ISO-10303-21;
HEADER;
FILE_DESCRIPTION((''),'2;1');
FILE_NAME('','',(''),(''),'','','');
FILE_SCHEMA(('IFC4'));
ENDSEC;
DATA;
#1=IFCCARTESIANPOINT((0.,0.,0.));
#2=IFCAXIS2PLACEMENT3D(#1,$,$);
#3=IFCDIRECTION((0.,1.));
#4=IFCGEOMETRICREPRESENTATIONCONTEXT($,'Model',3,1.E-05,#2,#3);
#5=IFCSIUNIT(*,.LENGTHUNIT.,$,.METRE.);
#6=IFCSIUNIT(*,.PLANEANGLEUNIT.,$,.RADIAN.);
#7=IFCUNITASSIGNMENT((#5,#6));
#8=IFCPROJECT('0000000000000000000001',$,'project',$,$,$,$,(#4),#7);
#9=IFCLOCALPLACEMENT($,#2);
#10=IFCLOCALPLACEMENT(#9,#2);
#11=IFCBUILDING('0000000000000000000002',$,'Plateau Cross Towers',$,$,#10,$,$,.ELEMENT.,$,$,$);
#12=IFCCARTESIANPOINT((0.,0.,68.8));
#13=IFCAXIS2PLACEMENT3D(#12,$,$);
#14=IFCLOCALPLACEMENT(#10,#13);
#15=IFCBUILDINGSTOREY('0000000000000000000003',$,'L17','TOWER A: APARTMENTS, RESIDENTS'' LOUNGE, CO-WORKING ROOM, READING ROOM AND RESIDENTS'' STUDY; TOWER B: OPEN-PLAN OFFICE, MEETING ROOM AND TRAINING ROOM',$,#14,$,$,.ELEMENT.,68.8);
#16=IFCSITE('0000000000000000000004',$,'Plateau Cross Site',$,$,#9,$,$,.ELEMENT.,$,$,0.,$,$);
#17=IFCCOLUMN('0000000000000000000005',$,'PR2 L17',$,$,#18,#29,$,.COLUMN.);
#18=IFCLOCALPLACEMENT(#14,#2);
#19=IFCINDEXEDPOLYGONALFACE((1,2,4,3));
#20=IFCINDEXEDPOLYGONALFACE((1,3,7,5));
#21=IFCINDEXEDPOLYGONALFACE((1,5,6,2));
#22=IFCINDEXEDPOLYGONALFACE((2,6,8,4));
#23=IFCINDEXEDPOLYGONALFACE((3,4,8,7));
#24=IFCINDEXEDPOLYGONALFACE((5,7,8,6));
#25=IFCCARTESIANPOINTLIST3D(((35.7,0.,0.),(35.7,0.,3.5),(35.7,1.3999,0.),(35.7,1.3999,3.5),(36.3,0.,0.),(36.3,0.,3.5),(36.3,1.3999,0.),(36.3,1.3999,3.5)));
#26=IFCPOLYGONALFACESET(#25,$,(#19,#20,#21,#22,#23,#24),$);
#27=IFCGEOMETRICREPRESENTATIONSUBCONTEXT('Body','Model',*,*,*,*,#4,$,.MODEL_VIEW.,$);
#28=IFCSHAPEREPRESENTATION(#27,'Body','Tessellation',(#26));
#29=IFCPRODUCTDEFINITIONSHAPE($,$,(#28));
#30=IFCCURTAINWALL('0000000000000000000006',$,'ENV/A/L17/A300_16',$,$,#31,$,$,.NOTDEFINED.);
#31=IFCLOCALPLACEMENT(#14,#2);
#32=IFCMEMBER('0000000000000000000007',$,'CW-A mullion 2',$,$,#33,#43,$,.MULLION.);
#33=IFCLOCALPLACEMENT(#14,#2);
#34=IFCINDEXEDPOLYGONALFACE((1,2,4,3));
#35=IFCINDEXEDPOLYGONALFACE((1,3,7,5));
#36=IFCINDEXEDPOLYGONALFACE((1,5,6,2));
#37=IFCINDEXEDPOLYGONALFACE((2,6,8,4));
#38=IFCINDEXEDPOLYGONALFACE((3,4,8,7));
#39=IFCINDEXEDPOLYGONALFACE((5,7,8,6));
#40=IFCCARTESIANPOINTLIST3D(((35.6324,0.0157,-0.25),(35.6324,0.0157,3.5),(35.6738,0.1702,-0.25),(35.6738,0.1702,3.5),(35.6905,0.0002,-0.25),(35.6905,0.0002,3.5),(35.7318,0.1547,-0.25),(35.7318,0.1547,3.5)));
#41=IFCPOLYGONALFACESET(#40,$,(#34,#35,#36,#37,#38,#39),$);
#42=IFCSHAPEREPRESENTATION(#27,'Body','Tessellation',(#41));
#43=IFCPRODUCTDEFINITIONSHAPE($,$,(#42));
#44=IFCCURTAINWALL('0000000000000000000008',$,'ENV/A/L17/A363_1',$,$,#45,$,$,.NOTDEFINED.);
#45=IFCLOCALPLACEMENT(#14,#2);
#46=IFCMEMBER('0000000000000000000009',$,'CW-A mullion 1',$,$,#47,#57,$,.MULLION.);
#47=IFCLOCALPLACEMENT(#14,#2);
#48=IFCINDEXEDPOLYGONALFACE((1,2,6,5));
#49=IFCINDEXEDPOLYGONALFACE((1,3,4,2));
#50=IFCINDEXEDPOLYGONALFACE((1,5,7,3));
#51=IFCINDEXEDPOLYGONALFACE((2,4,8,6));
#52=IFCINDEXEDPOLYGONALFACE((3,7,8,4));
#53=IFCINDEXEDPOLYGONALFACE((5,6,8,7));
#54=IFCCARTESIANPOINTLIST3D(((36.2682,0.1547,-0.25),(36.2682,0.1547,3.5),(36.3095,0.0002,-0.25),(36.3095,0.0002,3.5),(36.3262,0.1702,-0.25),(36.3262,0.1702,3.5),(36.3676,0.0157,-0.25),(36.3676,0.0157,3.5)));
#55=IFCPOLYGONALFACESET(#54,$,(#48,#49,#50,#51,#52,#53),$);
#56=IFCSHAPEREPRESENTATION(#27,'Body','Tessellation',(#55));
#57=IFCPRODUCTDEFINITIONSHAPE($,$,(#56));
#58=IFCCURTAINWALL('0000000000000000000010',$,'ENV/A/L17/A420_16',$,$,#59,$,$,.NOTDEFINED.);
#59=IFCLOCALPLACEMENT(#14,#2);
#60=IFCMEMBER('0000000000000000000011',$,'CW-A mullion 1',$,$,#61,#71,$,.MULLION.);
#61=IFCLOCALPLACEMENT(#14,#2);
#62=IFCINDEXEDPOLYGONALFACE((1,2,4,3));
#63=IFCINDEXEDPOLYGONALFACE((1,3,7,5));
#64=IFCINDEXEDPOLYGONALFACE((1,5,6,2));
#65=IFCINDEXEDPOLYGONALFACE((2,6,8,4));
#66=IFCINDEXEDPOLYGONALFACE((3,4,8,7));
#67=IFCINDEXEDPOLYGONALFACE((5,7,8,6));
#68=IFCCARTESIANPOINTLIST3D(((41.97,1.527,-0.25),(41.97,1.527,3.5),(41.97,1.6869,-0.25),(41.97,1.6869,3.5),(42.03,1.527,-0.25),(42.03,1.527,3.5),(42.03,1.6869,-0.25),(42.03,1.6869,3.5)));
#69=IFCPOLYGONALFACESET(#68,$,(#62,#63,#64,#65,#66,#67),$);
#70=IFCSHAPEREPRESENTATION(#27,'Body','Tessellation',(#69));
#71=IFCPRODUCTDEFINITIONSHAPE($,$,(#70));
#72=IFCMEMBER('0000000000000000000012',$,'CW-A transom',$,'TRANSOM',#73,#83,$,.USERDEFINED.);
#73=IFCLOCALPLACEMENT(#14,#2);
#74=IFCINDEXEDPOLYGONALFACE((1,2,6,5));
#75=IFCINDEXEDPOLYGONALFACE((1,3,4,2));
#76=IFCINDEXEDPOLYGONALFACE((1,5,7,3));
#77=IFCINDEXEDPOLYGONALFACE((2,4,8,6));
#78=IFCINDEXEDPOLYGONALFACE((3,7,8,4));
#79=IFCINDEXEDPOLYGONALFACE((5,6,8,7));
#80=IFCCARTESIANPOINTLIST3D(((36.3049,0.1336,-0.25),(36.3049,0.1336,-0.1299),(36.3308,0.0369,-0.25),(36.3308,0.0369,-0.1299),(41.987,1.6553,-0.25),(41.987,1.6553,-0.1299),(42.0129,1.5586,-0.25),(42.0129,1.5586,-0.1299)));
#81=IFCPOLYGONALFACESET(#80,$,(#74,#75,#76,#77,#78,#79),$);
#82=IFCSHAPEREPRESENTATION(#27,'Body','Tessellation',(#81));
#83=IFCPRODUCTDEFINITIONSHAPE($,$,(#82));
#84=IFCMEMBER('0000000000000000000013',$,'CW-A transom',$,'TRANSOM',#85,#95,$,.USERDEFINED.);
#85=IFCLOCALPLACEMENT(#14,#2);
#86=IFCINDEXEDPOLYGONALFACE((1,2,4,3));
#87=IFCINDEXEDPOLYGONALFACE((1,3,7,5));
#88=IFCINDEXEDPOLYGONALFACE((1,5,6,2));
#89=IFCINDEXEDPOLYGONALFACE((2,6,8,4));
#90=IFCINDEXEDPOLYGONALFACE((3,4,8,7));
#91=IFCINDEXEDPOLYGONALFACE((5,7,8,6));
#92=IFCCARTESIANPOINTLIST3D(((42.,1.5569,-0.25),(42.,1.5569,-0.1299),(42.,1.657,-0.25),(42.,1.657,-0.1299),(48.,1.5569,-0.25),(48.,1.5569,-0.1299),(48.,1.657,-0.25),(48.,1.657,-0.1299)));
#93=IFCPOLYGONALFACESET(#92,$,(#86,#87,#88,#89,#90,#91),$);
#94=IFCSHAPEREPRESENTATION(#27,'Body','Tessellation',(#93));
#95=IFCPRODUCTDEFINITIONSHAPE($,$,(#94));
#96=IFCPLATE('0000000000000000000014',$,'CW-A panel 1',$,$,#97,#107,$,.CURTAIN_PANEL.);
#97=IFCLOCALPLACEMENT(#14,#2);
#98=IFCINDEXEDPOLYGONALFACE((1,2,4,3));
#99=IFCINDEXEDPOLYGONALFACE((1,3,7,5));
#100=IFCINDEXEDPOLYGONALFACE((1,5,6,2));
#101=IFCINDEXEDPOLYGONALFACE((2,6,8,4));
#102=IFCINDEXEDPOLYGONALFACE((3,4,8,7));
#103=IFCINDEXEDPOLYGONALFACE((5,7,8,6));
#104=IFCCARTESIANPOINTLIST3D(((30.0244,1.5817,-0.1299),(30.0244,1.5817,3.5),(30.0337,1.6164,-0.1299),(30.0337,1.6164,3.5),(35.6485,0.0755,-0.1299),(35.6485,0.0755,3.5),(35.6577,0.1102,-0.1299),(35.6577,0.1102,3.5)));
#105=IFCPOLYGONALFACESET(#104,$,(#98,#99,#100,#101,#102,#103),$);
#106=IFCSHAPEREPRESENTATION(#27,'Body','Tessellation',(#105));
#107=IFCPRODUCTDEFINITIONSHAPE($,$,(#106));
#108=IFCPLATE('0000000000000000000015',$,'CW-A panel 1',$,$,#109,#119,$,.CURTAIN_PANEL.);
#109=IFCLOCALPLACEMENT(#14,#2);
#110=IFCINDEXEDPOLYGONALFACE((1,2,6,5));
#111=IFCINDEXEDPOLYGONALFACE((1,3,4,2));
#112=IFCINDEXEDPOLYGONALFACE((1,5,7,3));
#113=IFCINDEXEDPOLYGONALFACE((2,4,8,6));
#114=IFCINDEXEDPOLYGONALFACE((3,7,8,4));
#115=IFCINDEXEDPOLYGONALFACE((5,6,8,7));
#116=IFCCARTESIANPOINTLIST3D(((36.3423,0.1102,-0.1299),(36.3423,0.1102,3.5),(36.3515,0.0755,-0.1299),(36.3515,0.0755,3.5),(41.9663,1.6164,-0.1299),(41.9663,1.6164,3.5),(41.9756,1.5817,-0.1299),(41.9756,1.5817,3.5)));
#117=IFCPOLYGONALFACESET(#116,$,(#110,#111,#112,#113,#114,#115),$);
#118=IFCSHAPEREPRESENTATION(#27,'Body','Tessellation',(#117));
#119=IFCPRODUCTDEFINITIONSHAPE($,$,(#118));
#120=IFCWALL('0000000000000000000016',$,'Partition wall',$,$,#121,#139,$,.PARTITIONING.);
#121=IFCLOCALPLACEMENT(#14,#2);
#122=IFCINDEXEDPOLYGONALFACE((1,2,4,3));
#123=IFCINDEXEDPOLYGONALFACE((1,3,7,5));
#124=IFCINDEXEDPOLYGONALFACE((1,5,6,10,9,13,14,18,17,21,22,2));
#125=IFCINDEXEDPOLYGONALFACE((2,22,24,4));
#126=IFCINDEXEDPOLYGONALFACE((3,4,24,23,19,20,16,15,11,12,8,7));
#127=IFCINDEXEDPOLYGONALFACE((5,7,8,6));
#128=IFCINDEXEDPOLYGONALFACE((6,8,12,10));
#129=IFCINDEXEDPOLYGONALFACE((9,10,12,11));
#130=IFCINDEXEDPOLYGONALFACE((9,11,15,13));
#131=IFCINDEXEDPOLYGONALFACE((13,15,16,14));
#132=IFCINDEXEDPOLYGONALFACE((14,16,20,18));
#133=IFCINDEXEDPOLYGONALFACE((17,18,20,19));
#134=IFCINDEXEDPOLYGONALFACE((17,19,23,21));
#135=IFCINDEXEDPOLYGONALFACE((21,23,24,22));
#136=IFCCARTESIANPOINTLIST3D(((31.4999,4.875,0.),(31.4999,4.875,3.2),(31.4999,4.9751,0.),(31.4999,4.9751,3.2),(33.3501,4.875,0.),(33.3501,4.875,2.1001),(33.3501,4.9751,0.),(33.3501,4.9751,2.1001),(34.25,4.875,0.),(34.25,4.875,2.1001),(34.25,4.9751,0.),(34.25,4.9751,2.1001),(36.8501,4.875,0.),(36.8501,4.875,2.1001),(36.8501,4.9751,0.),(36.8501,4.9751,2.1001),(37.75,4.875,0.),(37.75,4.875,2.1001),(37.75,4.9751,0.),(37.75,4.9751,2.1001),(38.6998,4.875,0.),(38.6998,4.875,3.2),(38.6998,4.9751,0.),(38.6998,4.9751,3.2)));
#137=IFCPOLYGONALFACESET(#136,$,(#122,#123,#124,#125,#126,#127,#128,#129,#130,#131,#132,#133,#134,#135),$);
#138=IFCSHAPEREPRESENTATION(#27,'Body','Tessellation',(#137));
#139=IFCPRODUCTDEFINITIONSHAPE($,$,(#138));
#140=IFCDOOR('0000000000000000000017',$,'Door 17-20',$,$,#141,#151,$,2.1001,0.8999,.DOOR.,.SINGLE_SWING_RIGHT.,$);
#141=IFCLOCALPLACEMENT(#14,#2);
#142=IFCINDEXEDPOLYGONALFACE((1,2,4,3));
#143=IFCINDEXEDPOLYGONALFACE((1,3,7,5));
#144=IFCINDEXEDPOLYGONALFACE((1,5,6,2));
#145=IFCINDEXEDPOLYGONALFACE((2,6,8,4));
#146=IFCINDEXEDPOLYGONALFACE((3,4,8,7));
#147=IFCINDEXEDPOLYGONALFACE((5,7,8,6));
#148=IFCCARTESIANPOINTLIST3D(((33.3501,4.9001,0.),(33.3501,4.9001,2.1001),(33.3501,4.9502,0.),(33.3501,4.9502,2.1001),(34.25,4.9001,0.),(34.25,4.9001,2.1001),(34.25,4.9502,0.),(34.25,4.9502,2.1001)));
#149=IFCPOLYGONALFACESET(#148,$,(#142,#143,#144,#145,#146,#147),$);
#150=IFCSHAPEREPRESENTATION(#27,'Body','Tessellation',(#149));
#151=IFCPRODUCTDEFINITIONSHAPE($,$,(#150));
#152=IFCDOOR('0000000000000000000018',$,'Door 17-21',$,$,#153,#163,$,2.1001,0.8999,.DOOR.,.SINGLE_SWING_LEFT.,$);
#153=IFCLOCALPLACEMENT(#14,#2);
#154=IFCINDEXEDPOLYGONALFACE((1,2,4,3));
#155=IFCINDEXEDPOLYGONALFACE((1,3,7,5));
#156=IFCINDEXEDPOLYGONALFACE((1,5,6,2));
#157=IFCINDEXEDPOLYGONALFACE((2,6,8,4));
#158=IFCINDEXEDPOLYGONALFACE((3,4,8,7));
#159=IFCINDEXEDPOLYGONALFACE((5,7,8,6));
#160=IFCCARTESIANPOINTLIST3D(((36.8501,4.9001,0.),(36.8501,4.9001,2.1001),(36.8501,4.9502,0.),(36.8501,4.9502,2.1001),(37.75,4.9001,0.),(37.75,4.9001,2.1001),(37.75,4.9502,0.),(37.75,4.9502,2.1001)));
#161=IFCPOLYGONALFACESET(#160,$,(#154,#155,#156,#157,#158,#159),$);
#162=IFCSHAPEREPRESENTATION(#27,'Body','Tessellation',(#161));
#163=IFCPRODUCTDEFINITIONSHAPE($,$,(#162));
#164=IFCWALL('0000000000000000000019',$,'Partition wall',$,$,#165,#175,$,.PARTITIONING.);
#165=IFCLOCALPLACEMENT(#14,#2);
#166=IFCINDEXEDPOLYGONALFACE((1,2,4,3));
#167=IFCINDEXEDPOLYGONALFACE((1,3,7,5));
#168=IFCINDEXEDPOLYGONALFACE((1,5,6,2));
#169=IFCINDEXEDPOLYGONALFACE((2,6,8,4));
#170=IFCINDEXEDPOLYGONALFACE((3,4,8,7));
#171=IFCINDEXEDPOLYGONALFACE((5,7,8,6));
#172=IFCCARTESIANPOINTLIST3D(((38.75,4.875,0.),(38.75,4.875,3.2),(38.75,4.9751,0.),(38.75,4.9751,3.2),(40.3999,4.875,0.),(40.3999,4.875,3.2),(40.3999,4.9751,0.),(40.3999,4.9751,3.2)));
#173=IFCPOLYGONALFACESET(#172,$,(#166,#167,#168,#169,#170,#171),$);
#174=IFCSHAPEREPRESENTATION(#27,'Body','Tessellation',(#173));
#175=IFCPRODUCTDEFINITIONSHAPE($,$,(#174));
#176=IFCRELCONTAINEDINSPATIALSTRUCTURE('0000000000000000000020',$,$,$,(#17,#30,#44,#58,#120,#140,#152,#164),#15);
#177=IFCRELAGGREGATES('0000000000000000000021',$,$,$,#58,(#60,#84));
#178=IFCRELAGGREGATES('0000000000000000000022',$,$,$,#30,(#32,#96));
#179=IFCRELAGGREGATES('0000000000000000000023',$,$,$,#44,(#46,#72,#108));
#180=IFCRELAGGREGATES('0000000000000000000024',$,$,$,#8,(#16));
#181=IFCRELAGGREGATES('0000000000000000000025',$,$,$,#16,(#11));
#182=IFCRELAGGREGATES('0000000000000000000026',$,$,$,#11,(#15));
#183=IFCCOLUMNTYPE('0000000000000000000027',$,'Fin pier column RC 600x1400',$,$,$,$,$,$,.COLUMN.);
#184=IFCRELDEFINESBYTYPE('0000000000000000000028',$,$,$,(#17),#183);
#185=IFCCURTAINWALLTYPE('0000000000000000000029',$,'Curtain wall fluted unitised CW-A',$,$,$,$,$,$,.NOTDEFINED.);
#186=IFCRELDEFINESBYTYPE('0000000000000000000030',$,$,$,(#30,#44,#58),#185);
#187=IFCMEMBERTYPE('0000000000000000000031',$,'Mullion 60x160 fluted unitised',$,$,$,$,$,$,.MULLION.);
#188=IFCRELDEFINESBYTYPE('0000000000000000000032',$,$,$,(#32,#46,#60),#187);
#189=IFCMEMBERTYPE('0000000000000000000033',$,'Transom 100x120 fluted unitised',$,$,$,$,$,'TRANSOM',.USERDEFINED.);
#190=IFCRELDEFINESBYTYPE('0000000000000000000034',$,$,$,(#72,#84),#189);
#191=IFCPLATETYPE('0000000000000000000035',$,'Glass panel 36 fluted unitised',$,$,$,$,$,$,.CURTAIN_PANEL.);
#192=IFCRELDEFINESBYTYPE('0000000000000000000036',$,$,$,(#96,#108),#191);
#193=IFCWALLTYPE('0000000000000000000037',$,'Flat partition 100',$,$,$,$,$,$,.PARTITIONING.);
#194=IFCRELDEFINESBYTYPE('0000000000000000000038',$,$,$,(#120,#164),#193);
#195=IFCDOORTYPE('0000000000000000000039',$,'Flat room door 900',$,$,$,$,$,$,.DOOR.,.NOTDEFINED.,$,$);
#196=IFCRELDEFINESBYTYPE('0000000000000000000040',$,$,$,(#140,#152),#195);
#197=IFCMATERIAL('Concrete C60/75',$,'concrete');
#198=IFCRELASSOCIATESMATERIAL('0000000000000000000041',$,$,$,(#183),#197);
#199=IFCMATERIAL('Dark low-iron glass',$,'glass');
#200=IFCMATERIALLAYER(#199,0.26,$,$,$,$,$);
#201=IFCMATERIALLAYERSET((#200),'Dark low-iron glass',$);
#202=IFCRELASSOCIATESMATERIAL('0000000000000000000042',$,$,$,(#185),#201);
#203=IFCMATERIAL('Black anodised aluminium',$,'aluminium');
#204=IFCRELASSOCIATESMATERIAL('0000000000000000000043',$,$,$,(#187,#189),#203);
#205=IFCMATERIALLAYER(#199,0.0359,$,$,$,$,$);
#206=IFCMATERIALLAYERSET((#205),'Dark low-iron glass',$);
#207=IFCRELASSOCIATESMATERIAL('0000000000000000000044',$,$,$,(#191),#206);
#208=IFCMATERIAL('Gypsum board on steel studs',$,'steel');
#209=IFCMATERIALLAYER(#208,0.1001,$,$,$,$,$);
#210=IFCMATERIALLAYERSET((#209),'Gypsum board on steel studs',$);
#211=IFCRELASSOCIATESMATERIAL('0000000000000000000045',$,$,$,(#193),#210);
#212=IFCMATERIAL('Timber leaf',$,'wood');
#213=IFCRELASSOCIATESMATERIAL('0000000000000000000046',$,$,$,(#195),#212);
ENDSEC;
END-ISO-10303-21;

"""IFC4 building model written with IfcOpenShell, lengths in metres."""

from ifc_helpers import new_model, si_unit, direction, frame, frame_2d, origin, origin_2d, place, context, subcontext, project, spatial, rectangle, extrude, material, layer, layer_set, material_profile, profile_set, type_object, element, fill, aggregate, save


model = new_model("IFC4")

# Units and contexts
model_context = context("Model", 3, precision=1e-05, world=origin(), true_north=direction((0.0, 1.0)))
body_context = subcontext(model_context, "Body", "Model", "MODEL_VIEW")
ifc_project = project(units=[si_unit("LENGTHUNIT", "METRE"), si_unit("PLANEANGLEUNIT", "RADIAN")], contexts=[model_context])

# Site, building, storey
site_placement = place(None, origin())
site = spatial("IfcSite", under=ifc_project, at=site_placement, Name="Plateau Cross Site", CompositionType="ELEMENT", RefElevation=0.0)
building_placement = place(site_placement, origin())
building = spatial("IfcBuilding", under=site, at=building_placement, Name="Plateau Cross Towers", CompositionType="ELEMENT")
storey_placement = place(building_placement, frame((0.0, 0.0, 68.8)))
storey = spatial("IfcBuildingStorey", under=building, at=storey_placement, Name="L17", Description="TOWER A: APARTMENTS, RESIDENTS' LOUNGE, CO-WORKING ROOM, READING ROOM AND RESIDENTS' STUDY; TOWER B: OPEN-PLAN OFFICE, MEETING ROOM AND TRAINING ROOM", CompositionType="ELEMENT", Elevation=68.8)

# Column
ifc_material_1 = material(Name="Concrete C60/75", Category="concrete")
ifc_material_profile_1 = material_profile(ifc_material_1, rectangle(XDim=0.6001, YDim=1.3999, at=origin_2d()), Name="RC 600x1400")
ifc_profile_set_1 = profile_set([ifc_material_profile_1], Name="Concrete C60/75")
column_type = type_object("IfcColumnType", Name="Fin pier column RC 600x1400", PredefinedType="COLUMN", material=ifc_profile_set_1)
column_placement = place(storey_placement, frame((36.0, 0.7, 0.0), z_axis=(0.0, 0.0, 1.0), x_axis=(1.0, 0.0, 0.0)))
element("IfcColumn", 1, at=column_placement, inside=storey, type_object=column_type, Name="PR2 L17", PredefinedType="COLUMN", context=body_context, shape_type="SweptSolid", body=[
    extrude(rectangle(XDim=0.6001, YDim=1.3999, at=origin_2d()), origin(), (0.0, 0.0, 1.0), 3.5),
])

# Curtain walls, members
ifc_material_2 = material(Name="Dark low-iron glass", Category="glass")
ifc_layer_1 = layer(ifc_material_2, 0.26)
ifc_layer_set_1 = layer_set([ifc_layer_1], Name="Dark low-iron glass")
curtain_wall_type = type_object("IfcCurtainWallType", Name="Curtain wall fluted unitised CW-A", PredefinedType="NOTDEFINED", material=ifc_layer_set_1)
curtain_wall_1_placement = place(storey_placement, origin())
curtain_wall_1 = element("IfcCurtainWall", 2, at=curtain_wall_1_placement, inside=storey, type_object=curtain_wall_type, Name="ENV/A/L17/A300_16", PredefinedType="NOTDEFINED")
ifc_material_3 = material(Name="Black anodised aluminium", Category="aluminium")
ifc_material_profile_2 = material_profile(ifc_material_3, rectangle(XDim=0.0601, YDim=0.1599, at=origin_2d()), Name="MULLION 60x160")
ifc_profile_set_2 = profile_set([ifc_material_profile_2], Name="Black anodised aluminium")
member_type_1 = type_object("IfcMemberType", Name="Mullion 60x160 fluted unitised", PredefinedType="MULLION", material=ifc_profile_set_2)
member_1_placement = place(storey_placement, frame((35.6821, 0.0852, -0.25), z_axis=(0.0, 0.0, 1.0), x_axis=(0.965958, -0.258699, 0.0)))
member_1 = element("IfcMember", 3, at=member_1_placement, type_object=member_type_1, Name="CW-A mullion 2", PredefinedType="MULLION", context=body_context, shape_type="SweptSolid", body=[
    extrude(rectangle(XDim=0.0601, YDim=0.1599, at=origin_2d()), origin(), (0.0, 0.0, 1.0), 3.75),
])
curtain_wall_2_placement = place(storey_placement, origin())
curtain_wall_2 = element("IfcCurtainWall", 4, at=curtain_wall_2_placement, inside=storey, type_object=curtain_wall_type, Name="ENV/A/L17/A363_1", PredefinedType="NOTDEFINED")
member_2_placement = place(storey_placement, frame((36.3179, 0.0852, -0.25), z_axis=(0.0, 0.0, 1.0), x_axis=(0.965958, 0.258699, 0.0)))
member_2 = element("IfcMember", 5, at=member_2_placement, type_object=member_type_1, Name="CW-A mullion 1", PredefinedType="MULLION", context=body_context, shape_type="SweptSolid", body=[
    extrude(rectangle(XDim=0.0601, YDim=0.1599, at=origin_2d()), origin(), (0.0, 0.0, 1.0), 3.75),
])
curtain_wall_3_placement = place(storey_placement, origin())
curtain_wall_3 = element("IfcCurtainWall", 6, at=curtain_wall_3_placement, inside=storey, type_object=curtain_wall_type, Name="ENV/A/L17/A420_16", PredefinedType="NOTDEFINED")
member_3_placement = place(storey_placement, frame((42.0, 1.6069, -0.25), z_axis=(0.0, 0.0, 1.0), x_axis=(1.0, 0.0, 0.0)))
member_3 = element("IfcMember", 7, at=member_3_placement, type_object=member_type_1, Name="CW-A mullion 1", PredefinedType="MULLION", context=body_context, shape_type="SweptSolid", body=[
    extrude(rectangle(XDim=0.0601, YDim=0.1599, at=origin_2d()), origin(), (0.0, 0.0, 1.0), 3.75),
])

# Members
ifc_material_profile_3 = material_profile(ifc_material_3, rectangle(XDim=0.1001, YDim=0.1201, at=origin_2d()), Name="TRANSOM 100x120")
ifc_profile_set_3 = profile_set([ifc_material_profile_3], Name="Black anodised aluminium")
member_type_2 = type_object("IfcMemberType", Name="Transom 100x120 fluted unitised", ElementType="TRANSOM", PredefinedType="USERDEFINED", material=ifc_profile_set_3)
member_4_placement = place(storey_placement, frame((36.3179, 0.0852, -0.1899), z_axis=(0.96596, 0.258693, 0.0), x_axis=(-0.258693, 0.96596, 0.0)))
member_4 = element("IfcMember", 8, at=member_4_placement, type_object=member_type_2, Name="CW-A transom", ObjectType="TRANSOM", PredefinedType="USERDEFINED", context=body_context, shape_type="SweptSolid", body=[
    extrude(rectangle(XDim=0.1001, YDim=0.1201, at=origin_2d()), origin(), (0.0, 0.0, 1.0), 5.8823),
])
member_5_placement = place(storey_placement, frame((42.0, 1.6069, -0.1899), z_axis=(1.0, 0.0, 0.0), x_axis=(0.0, 1.0, 0.0)))
member_5 = element("IfcMember", 9, at=member_5_placement, type_object=member_type_2, Name="CW-A transom", ObjectType="TRANSOM", PredefinedType="USERDEFINED", context=body_context, shape_type="SweptSolid", body=[
    extrude(rectangle(XDim=0.1001, YDim=0.1201, at=origin_2d()), origin(), (0.0, 0.0, 1.0), 6.0),
])
aggregate(curtain_wall_3, [member_3, member_5])

# Plates
ifc_layer_2 = layer(ifc_material_2, 0.0359)
ifc_layer_set_2 = layer_set([ifc_layer_2], Name="Dark low-iron glass")
plate_type = type_object("IfcPlateType", Name="Glass panel 36 fluted unitised", PredefinedType="CURTAIN_PANEL", material=ifc_layer_set_2)
plate_1_placement = place(storey_placement, frame((32.8411, 0.8459, -0.1299), z_axis=(0.0, 0.0, 1.0), x_axis=(0.965958, -0.258699, 0.0)))
plate_1 = element("IfcPlate", 10, at=plate_1_placement, type_object=plate_type, Name="CW-A panel 1", PredefinedType="CURTAIN_PANEL", context=body_context, shape_type="SweptSolid", body=[
    extrude(rectangle(XDim=5.8223, YDim=0.0359, at=origin_2d()), origin(), (0.0, 0.0, 1.0), 3.6299),
])
aggregate(curtain_wall_1, [member_1, plate_1])
plate_2_placement = place(storey_placement, frame((39.1589, 0.8459, -0.1299), z_axis=(0.0, 0.0, 1.0), x_axis=(0.965958, 0.258699, 0.0)))
plate_2 = element("IfcPlate", 11, at=plate_2_placement, type_object=plate_type, Name="CW-A panel 1", PredefinedType="CURTAIN_PANEL", context=body_context, shape_type="SweptSolid", body=[
    extrude(rectangle(XDim=5.8223, YDim=0.0359, at=origin_2d()), origin(), (0.0, 0.0, 1.0), 3.6299),
])
aggregate(curtain_wall_2, [member_2, member_4, plate_2])

# Wall, openings, doors
ifc_material_4 = material(Name="Gypsum board on steel studs", Category="steel")
ifc_layer_3 = layer(ifc_material_4, 0.1001)
ifc_layer_set_3 = layer_set([ifc_layer_3], Name="Gypsum board on steel studs")
wall_type_1 = type_object("IfcWallType", Name="Flat partition 100", PredefinedType="PARTITIONING", material=ifc_layer_set_3)
wall_1_placement = place(storey_placement, frame((38.7, 4.925, 0.0), z_axis=(0.0, 0.0, 1.0), x_axis=(-1.0, 0.0, 0.0)))
wall_1 = element("IfcWall", 12, at=wall_1_placement, inside=storey, type_object=wall_type_1, Name="Partition wall", PredefinedType="PARTITIONING", context=body_context, shape_type="SweptSolid", body=[
    extrude(rectangle(XDim=7.2, YDim=0.1001, at=frame_2d((3.6001, 0.0))), origin(), (0.0, 0.0, 1.0), 3.2),
])
opening_1_placement = place(wall_1_placement, frame((4.45, 0.0, 0.0)))
opening_1 = element("IfcOpeningElement", 13, at=opening_1_placement, cuts=wall_1, PredefinedType="OPENING", context=body_context, shape_type="SweptSolid", body=[
    extrude(rectangle(XDim=0.8999, YDim=2.1001, at=frame_2d((0.45, 1.05))), frame((0.0, 0.0601, 0.0), z_axis=(0.0, -1.0, 0.0), x_axis=(1.0, 0.0, 0.0)), (0.0, 0.0, 1.0), 0.1201),
])
opening_2_placement = place(wall_1_placement, frame((0.95, 0.0, 0.0)))
opening_2 = element("IfcOpeningElement", 14, at=opening_2_placement, cuts=wall_1, PredefinedType="OPENING", context=body_context, shape_type="SweptSolid", body=[
    extrude(rectangle(XDim=0.8999, YDim=2.1001, at=frame_2d((0.45, 1.05))), frame((0.0, 0.0601, 0.0), z_axis=(0.0, -1.0, 0.0), x_axis=(1.0, 0.0, 0.0)), (0.0, 0.0, 1.0), 0.1201),
])
ifc_material_5 = material(Name="Timber leaf", Category="wood")
door_type = type_object("IfcDoorType", Name="Flat room door 900", OperationType="NOTDEFINED", PredefinedType="DOOR", material=ifc_material_5)
door_1_placement = place(opening_1_placement, origin())
door_1 = element("IfcDoor", 15, at=door_1_placement, inside=storey, type_object=door_type, Name="Door 17-20", OperationType="SINGLE_SWING_RIGHT", OverallHeight=2.1001, OverallWidth=0.8999, PredefinedType="DOOR", context=body_context, shape_type="SweptSolid", body=[
    extrude(rectangle(XDim=0.8999, YDim=2.1001, at=frame_2d((0.45, 1.05))), frame((0.0, 0.0249, 0.0), z_axis=(0.0, -1.0, 0.0), x_axis=(1.0, 0.0, 0.0)), (0.0, 0.0, 1.0), 0.05),
])
fill(opening_1, door_1)
door_2_placement = place(opening_2_placement, origin())
door_2 = element("IfcDoor", 16, at=door_2_placement, inside=storey, type_object=door_type, Name="Door 17-21", OperationType="SINGLE_SWING_LEFT", OverallHeight=2.1001, OverallWidth=0.8999, PredefinedType="DOOR", context=body_context, shape_type="SweptSolid", body=[
    extrude(rectangle(XDim=0.8999, YDim=2.1001, at=frame_2d((0.45, 1.05))), frame((0.0, 0.0249, 0.0), z_axis=(0.0, -1.0, 0.0), x_axis=(1.0, 0.0, 0.0)), (0.0, 0.0, 1.0), 0.05),
])
fill(opening_2, door_2)

# Wall
wall_2_placement = place(storey_placement, frame((38.75, 4.925, 0.0), z_axis=(0.0, 0.0, 1.0), x_axis=(1.0, 0.0, 0.0)))
element("IfcWall", 17, at=wall_2_placement, inside=storey, type_object=wall_type_1, Name="Partition wall", PredefinedType="PARTITIONING", context=body_context, shape_type="SweptSolid", body=[
    extrude(rectangle(XDim=1.6499, YDim=0.1001, at=frame_2d((0.825, 0.0))), origin(), (0.0, 0.0, 1.0), 3.2),
])

save(model, "model.ifc")
